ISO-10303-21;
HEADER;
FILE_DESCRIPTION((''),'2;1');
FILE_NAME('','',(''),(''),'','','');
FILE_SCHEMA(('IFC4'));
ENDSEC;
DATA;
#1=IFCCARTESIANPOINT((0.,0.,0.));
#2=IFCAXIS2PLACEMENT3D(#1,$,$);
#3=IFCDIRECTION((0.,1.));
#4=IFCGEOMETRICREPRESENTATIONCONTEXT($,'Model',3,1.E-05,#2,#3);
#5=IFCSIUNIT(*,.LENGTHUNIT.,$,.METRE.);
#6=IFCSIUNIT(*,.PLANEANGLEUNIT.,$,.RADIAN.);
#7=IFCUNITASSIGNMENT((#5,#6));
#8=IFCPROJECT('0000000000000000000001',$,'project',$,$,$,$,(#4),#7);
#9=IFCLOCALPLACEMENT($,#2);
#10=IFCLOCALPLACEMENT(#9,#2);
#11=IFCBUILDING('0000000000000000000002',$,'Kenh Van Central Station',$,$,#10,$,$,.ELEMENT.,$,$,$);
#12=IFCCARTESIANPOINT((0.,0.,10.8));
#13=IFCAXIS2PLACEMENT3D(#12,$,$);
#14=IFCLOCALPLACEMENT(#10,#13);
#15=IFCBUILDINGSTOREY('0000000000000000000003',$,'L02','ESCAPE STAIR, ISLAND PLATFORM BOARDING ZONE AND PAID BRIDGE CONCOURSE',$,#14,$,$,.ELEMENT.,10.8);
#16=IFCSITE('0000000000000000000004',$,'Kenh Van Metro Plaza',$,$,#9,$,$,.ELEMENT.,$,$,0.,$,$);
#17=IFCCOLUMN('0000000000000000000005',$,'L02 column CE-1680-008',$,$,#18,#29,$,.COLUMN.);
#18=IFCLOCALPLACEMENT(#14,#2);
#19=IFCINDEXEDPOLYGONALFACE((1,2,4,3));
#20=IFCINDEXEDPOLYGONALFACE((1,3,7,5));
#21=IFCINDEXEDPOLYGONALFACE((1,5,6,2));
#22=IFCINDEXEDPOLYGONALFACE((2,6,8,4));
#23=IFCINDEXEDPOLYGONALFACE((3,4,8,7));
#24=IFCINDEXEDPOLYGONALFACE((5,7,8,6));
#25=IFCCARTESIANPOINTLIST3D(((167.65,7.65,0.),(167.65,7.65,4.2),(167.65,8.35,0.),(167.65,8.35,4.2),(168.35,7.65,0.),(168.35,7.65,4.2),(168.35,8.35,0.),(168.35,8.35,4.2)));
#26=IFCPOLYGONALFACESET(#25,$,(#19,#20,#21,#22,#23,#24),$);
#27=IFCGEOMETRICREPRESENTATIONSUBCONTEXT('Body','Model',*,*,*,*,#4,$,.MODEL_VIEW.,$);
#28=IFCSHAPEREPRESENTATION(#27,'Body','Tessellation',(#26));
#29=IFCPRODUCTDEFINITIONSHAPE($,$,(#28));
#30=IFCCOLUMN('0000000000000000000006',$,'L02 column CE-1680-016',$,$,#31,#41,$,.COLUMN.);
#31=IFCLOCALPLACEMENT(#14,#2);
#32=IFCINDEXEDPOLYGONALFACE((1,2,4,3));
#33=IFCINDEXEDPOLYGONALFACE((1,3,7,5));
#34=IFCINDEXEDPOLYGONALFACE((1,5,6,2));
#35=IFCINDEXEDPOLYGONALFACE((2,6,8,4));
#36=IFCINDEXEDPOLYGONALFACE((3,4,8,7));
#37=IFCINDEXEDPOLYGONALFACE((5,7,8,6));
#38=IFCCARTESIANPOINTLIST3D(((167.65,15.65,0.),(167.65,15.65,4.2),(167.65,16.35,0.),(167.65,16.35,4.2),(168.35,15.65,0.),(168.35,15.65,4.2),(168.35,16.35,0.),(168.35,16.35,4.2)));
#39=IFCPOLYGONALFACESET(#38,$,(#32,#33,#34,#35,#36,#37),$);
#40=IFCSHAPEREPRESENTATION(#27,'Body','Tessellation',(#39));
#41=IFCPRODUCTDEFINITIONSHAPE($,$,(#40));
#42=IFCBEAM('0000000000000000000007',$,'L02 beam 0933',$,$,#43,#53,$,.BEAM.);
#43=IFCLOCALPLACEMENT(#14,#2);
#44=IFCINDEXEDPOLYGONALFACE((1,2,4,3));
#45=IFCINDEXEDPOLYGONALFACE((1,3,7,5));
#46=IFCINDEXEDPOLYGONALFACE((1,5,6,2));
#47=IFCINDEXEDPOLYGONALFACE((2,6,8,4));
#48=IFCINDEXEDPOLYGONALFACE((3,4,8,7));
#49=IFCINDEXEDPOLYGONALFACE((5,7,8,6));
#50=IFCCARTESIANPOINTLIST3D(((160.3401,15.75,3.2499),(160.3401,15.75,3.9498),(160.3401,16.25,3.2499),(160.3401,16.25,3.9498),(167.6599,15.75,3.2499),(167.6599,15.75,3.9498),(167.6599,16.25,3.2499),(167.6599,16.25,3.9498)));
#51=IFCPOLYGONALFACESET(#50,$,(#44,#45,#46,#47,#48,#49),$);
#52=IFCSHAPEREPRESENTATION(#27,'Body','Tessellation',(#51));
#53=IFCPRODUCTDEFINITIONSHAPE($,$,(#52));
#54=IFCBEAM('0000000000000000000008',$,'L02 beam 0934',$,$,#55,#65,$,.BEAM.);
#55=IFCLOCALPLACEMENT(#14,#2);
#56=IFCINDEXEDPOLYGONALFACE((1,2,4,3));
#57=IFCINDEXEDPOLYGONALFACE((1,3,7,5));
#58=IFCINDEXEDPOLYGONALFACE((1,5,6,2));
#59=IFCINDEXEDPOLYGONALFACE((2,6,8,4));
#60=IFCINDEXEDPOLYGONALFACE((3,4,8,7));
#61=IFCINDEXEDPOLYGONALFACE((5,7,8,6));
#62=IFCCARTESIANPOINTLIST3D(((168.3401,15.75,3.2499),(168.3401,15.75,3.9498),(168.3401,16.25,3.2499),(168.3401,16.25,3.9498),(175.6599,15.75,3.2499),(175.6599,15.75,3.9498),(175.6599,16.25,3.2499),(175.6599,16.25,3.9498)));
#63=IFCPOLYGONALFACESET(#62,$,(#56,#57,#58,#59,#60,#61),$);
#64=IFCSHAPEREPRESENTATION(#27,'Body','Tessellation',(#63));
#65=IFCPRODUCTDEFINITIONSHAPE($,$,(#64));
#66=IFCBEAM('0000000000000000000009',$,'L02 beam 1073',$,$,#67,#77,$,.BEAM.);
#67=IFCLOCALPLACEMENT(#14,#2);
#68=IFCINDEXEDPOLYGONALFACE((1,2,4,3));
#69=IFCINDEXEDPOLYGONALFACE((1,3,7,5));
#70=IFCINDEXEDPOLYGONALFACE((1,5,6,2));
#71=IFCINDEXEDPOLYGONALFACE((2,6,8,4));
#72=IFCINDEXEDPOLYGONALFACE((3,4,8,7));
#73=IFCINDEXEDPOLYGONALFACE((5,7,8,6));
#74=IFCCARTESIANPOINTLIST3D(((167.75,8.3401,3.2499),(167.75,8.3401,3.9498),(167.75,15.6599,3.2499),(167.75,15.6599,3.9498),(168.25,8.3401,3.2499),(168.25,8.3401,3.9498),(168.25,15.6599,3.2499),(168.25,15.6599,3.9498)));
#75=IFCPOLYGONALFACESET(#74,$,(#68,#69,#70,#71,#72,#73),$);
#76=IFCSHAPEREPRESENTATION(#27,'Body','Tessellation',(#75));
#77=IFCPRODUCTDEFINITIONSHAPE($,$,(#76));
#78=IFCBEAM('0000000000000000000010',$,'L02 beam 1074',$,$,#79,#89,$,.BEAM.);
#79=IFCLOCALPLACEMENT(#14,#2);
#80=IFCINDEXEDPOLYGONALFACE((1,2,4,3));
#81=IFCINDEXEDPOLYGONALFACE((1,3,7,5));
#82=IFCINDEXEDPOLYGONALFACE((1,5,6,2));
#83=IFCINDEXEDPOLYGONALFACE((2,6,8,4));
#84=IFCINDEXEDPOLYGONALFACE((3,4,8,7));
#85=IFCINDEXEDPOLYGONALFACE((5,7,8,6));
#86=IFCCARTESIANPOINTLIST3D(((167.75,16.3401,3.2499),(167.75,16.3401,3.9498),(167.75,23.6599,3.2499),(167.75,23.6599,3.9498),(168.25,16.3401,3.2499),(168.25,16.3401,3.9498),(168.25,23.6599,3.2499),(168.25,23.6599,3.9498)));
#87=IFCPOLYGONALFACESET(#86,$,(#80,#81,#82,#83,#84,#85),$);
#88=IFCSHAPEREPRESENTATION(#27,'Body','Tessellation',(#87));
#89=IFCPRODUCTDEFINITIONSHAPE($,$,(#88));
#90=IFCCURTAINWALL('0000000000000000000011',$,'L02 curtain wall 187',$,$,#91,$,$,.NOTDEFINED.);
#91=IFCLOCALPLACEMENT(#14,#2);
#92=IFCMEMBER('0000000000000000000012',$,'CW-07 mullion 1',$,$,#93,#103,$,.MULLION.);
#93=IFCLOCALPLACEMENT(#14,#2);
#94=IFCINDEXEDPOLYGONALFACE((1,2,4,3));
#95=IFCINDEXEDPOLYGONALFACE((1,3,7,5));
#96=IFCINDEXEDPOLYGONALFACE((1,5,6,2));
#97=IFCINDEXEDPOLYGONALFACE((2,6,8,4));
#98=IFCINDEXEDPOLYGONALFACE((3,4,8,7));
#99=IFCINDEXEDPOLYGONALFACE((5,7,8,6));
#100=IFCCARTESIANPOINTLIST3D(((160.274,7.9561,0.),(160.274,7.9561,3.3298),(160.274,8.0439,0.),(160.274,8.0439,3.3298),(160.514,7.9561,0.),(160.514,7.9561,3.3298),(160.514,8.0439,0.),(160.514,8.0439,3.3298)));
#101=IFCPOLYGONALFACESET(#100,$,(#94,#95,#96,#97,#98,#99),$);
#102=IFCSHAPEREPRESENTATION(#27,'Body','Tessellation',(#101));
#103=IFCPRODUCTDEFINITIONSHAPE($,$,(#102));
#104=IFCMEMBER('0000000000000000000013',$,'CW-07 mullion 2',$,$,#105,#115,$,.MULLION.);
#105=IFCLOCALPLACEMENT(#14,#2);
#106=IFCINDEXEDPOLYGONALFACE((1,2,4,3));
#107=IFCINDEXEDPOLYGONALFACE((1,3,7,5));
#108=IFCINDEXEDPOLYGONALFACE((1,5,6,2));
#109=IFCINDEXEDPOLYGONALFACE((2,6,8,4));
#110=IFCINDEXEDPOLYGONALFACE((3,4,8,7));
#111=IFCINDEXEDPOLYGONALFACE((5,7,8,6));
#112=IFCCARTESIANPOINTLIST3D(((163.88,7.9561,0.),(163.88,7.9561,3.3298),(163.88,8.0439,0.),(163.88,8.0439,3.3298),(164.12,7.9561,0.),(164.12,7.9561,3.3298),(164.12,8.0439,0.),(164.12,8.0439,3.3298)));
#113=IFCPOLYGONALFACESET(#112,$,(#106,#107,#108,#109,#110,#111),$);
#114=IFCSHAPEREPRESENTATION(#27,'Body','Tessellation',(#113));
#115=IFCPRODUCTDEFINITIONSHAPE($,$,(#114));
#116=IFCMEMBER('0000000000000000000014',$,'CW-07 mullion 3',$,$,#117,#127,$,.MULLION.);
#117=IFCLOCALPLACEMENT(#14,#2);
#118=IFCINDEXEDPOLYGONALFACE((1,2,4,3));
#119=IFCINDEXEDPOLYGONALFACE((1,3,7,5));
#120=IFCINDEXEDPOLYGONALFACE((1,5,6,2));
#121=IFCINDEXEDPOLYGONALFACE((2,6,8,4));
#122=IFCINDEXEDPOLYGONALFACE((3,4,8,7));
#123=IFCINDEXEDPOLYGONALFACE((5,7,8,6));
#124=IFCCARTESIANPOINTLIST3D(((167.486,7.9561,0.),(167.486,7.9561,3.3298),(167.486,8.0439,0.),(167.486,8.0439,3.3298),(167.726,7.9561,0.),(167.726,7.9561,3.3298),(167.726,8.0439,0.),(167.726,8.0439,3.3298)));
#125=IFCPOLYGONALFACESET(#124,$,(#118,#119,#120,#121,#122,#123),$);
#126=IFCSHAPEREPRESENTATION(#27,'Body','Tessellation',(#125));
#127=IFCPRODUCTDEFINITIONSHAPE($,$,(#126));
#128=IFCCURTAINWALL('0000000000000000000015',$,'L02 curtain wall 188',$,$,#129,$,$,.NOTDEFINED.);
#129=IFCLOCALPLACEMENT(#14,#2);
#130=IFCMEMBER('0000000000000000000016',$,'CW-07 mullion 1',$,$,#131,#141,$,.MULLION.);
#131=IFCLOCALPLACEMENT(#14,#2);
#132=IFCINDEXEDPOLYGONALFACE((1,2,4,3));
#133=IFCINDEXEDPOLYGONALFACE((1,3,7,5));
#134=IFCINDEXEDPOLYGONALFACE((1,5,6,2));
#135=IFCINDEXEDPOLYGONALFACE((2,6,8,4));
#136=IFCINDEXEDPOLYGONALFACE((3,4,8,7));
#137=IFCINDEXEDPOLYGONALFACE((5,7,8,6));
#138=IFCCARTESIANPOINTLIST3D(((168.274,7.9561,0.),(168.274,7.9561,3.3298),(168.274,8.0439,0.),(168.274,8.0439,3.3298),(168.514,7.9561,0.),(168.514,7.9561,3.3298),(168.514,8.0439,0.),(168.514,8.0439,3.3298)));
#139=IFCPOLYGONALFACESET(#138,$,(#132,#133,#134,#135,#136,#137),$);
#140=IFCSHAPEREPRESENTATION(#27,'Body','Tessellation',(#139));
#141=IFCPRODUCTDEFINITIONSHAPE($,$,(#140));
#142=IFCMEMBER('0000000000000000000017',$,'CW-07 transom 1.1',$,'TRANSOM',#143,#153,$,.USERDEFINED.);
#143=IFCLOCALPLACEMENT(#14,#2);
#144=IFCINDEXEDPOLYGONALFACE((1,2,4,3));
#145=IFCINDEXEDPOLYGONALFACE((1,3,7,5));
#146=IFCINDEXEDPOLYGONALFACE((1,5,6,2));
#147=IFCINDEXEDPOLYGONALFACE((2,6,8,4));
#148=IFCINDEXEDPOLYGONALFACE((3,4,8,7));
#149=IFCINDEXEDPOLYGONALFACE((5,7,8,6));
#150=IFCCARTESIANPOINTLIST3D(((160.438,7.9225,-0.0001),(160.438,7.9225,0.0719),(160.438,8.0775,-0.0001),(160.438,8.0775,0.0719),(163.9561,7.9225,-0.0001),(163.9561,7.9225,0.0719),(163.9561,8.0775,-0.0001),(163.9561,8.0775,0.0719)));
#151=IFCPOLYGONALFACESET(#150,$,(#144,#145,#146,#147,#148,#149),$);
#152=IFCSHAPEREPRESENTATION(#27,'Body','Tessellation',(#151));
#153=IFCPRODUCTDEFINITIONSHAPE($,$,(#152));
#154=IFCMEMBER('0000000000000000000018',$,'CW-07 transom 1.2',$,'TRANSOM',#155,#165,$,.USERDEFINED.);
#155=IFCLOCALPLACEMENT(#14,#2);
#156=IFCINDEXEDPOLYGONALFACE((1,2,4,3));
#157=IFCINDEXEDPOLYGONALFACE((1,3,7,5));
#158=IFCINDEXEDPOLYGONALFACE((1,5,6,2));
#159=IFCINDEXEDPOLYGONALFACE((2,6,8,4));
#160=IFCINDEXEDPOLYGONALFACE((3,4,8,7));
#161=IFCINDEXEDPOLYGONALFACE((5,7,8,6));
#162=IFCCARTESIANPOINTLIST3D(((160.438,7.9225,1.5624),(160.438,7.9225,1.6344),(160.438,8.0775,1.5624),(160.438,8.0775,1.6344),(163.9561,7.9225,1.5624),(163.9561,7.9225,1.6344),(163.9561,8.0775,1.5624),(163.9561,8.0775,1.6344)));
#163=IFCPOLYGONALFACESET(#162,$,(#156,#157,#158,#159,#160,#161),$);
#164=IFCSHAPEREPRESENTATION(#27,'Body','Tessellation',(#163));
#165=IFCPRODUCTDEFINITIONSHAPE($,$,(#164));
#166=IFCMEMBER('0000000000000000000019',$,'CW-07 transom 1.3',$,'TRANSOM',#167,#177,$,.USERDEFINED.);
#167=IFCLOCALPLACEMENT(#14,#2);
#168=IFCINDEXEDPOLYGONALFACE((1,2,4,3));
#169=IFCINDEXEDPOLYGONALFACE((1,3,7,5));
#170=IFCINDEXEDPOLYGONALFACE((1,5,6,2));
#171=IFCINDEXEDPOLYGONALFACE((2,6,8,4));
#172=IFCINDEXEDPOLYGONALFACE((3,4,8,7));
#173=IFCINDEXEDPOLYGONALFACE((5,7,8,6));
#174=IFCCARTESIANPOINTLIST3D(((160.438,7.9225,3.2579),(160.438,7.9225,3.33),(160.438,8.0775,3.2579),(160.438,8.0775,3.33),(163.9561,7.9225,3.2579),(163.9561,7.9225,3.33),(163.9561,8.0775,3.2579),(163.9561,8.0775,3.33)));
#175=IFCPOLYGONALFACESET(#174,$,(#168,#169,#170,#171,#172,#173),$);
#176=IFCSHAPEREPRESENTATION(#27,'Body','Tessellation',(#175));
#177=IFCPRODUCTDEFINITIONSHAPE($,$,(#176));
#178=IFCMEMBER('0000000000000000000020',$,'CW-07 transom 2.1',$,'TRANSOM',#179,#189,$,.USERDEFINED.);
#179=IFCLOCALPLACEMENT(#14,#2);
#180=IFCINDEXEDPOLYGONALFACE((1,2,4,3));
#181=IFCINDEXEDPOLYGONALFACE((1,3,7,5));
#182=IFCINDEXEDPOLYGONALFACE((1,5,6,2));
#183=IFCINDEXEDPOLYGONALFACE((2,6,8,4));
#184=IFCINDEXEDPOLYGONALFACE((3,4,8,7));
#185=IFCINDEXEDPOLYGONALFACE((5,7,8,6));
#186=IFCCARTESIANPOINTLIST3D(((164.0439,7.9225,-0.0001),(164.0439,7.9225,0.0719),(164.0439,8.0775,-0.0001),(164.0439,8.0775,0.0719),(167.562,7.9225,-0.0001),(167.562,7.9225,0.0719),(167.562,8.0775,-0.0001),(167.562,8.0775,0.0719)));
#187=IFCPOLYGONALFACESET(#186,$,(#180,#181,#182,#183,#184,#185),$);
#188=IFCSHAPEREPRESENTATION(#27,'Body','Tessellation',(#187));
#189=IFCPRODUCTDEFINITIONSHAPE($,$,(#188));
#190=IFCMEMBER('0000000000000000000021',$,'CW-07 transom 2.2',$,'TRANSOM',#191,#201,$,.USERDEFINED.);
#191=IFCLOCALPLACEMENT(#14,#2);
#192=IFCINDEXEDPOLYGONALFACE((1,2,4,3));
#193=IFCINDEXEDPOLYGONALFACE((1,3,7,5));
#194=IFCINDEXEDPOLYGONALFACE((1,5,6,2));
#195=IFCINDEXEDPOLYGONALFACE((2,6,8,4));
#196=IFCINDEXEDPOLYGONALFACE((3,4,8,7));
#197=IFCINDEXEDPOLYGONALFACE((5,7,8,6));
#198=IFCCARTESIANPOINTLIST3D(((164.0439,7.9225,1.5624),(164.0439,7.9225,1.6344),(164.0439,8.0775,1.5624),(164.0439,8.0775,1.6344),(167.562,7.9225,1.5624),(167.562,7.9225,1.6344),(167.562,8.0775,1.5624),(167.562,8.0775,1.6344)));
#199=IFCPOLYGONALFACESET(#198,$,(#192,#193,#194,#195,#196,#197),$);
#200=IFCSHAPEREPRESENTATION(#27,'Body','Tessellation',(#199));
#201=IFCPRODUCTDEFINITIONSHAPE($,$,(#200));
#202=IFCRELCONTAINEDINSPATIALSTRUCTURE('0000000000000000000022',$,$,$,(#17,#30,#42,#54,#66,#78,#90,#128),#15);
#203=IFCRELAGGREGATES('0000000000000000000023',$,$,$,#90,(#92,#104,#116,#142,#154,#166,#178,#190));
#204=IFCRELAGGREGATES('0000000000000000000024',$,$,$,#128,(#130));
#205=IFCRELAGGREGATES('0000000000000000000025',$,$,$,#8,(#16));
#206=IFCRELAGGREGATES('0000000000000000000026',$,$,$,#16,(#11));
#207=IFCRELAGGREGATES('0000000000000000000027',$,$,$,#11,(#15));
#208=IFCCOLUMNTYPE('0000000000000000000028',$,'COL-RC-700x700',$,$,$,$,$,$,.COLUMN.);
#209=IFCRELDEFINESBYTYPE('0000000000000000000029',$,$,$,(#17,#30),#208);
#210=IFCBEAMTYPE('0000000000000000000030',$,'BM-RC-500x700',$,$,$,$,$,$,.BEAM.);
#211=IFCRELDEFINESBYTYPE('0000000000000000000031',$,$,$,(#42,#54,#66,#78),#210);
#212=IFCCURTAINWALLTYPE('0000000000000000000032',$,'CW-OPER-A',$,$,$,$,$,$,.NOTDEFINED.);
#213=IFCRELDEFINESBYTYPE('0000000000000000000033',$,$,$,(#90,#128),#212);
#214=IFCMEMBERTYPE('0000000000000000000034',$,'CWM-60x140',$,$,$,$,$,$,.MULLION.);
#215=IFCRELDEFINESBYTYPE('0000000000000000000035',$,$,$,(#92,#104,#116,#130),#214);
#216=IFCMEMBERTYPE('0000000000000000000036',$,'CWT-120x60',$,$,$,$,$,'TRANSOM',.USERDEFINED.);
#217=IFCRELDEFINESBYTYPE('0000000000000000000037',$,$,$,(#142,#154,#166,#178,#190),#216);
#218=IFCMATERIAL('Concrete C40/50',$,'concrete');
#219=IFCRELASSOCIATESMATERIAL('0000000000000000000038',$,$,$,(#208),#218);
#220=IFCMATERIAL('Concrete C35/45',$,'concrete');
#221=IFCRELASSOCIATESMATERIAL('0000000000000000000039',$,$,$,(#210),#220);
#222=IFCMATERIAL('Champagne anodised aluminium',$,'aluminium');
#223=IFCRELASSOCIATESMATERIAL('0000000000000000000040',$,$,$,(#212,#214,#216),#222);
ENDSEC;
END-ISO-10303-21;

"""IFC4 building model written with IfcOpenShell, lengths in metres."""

from ifc_helpers import new_model, si_unit, direction, frame, origin, origin_2d, place, context, subcontext, project, spatial, rectangle, extrude, material, material_profile, profile_set, type_object, element, aggregate, save


model = new_model("IFC4")

# Units and contexts
model_context = context("Model", 3, precision=1e-05, world=origin(), true_north=direction((0.0, 1.0)))
body_context = subcontext(model_context, "Body", "Model", "MODEL_VIEW")
ifc_project = project(units=[si_unit("LENGTHUNIT", "METRE"), si_unit("PLANEANGLEUNIT", "RADIAN")], contexts=[model_context])

# Site, building, storey
site_placement = place(None, origin())
site = spatial("IfcSite", under=ifc_project, at=site_placement, Name="Kenh Van Metro Plaza", CompositionType="ELEMENT", RefElevation=0.0)
building_placement = place(site_placement, origin())
building = spatial("IfcBuilding", under=site, at=building_placement, Name="Kenh Van Central Station", CompositionType="ELEMENT")
storey_placement = place(building_placement, frame((0.0, 0.0, 10.8)))
storey = spatial("IfcBuildingStorey", under=building, at=storey_placement, Name="L02", Description="ESCAPE STAIR, ISLAND PLATFORM BOARDING ZONE AND PAID BRIDGE CONCOURSE", CompositionType="ELEMENT", Elevation=10.8)

# Columns
ifc_material_1 = material(Name="Concrete C40/50", Category="concrete")
ifc_material_profile_1 = material_profile(ifc_material_1, rectangle(XDim=0.7, YDim=0.7, at=origin_2d()), Name="RC 700x700")
ifc_profile_set_1 = profile_set([ifc_material_profile_1], Name="Concrete C40/50")
column_type = type_object("IfcColumnType", Name="COL-RC-700x700", PredefinedType="COLUMN", material=ifc_profile_set_1)
for number, where, z_axis, x_axis, name in (
    (1, (168.0, 8.0, 0.0), (0.0, 0.0, 1.0), (1.0, 0.0, 0.0), "L02 column CE-1680-008"),
    (2, (168.0, 16.0, 0.0), (0.0, 0.0, 1.0), (1.0, 0.0, 0.0), "L02 column CE-1680-016"),
):
    element("IfcColumn", number, at=place(storey_placement, frame(where, z_axis=z_axis, x_axis=x_axis)), inside=storey, type_object=column_type, Name=name, PredefinedType="COLUMN", context=body_context, shape_type="SweptSolid", body=[
        extrude(rectangle(XDim=0.7, YDim=0.7, at=origin_2d()), origin(), (0.0, 0.0, 1.0), 4.2),
    ])

# Beams
ifc_material_2 = material(Name="Concrete C35/45", Category="concrete")
ifc_material_profile_2 = material_profile(ifc_material_2, rectangle(XDim=0.5, YDim=0.7, at=origin_2d()), Name="RC 500x700")
ifc_profile_set_2 = profile_set([ifc_material_profile_2], Name="Concrete C35/45")
beam_type_1 = type_object("IfcBeamType", Name="BM-RC-500x700", PredefinedType="BEAM", material=ifc_profile_set_2)
for number, where, z_axis, x_axis, name in (
    (3, (160.3401, 16.0, 3.5999), (1.0, 0.0, 0.0), (0.0, 1.0, 0.0), "L02 beam 0933"),
    (4, (168.3401, 16.0, 3.5999), (1.0, 0.0, 0.0), (0.0, 1.0, 0.0), "L02 beam 0934"),
    (5, (168.0, 8.3401, 3.5999), (0.0, 1.0, 0.0), (-1.0, 0.0, 0.0), "L02 beam 1073"),
    (6, (168.0, 16.3401, 3.5999), (0.0, 1.0, 0.0), (-1.0, 0.0, 0.0), "L02 beam 1074"),
):
    element("IfcBeam", number, at=place(storey_placement, frame(where, z_axis=z_axis, x_axis=x_axis)), inside=storey, type_object=beam_type_1, Name=name, PredefinedType="BEAM", context=body_context, shape_type="SweptSolid", body=[
        extrude(rectangle(XDim=0.5, YDim=0.7, at=origin_2d()), origin(), (0.0, 0.0, 1.0), 7.3198),
    ])

# Curtain wall, members
ifc_material_3 = material(Name="Champagne anodised aluminium", Category="aluminium")
curtain_wall_type = type_object("IfcCurtainWallType", Name="CW-OPER-A", PredefinedType="NOTDEFINED", material=ifc_material_3)
curtain_wall_1_placement = place(storey_placement, origin())
curtain_wall_1 = element("IfcCurtainWall", 7, at=curtain_wall_1_placement, inside=storey, type_object=curtain_wall_type, Name="L02 curtain wall 187", PredefinedType="NOTDEFINED")
ifc_material_profile_3 = material_profile(ifc_material_3, rectangle(XDim=0.0879, YDim=0.24, at=origin_2d()), Name="AL 88x240")
ifc_profile_set_3 = profile_set([ifc_material_profile_3], Name="Champagne anodised aluminium")
member_type_1 = type_object("IfcMemberType", Name="CWM-60x140", PredefinedType="MULLION", material=ifc_profile_set_3)
member_1_placement = place(storey_placement, frame((160.394, 8.0, 0.0), z_axis=(0.0, 0.0, 1.0), x_axis=(0.0, 1.0, 0.0)))
member_1 = element("IfcMember", 8, at=member_1_placement, type_object=member_type_1, Name="CW-07 mullion 1", PredefinedType="MULLION", context=body_context, shape_type="SweptSolid", body=[
    extrude(rectangle(XDim=0.0879, YDim=0.24, at=origin_2d()), origin(), (0.0, 0.0, 1.0), 3.3298),
])
member_2_placement = place(storey_placement, frame((164.0, 8.0, 0.0), z_axis=(0.0, 0.0, 1.0), x_axis=(0.0, 1.0, 0.0)))
member_2 = element("IfcMember", 9, at=member_2_placement, type_object=member_type_1, Name="CW-07 mullion 2", PredefinedType="MULLION", context=body_context, shape_type="SweptSolid", body=[
    extrude(rectangle(XDim=0.0879, YDim=0.24, at=origin_2d()), origin(), (0.0, 0.0, 1.0), 3.3298),
])
member_3_placement = place(storey_placement, frame((167.606, 8.0, 0.0), z_axis=(0.0, 0.0, 1.0), x_axis=(0.0, 1.0, 0.0)))
member_3 = element("IfcMember", 10, at=member_3_placement, type_object=member_type_1, Name="CW-07 mullion 3", PredefinedType="MULLION", context=body_context, shape_type="SweptSolid", body=[
    extrude(rectangle(XDim=0.0879, YDim=0.24, at=origin_2d()), origin(), (0.0, 0.0, 1.0), 3.3298),
])

# Curtain wall, member
curtain_wall_2_placement = place(storey_placement, origin())
curtain_wall_2 = element("IfcCurtainWall", 11, at=curtain_wall_2_placement, inside=storey, type_object=curtain_wall_type, Name="L02 curtain wall 188", PredefinedType="NOTDEFINED")
member_4_placement = place(storey_placement, frame((168.394, 8.0, 0.0), z_axis=(0.0, 0.0, 1.0), x_axis=(0.0, 1.0, 0.0)))
member_4 = element("IfcMember", 12, at=member_4_placement, type_object=member_type_1, Name="CW-07 mullion 1", PredefinedType="MULLION", context=body_context, shape_type="SweptSolid", body=[
    extrude(rectangle(XDim=0.0879, YDim=0.24, at=origin_2d()), origin(), (0.0, 0.0, 1.0), 3.3298),
])

# Members
ifc_material_profile_4 = material_profile(ifc_material_3, rectangle(XDim=0.155, YDim=0.072, at=origin_2d()), Name="AL 155x72")
ifc_profile_set_4 = profile_set([ifc_material_profile_4], Name="Champagne anodised aluminium")
member_type_2 = type_object("IfcMemberType", Name="CWT-120x60", ElementType="TRANSOM", PredefinedType="USERDEFINED", material=ifc_profile_set_4)
member_5_placement = place(storey_placement, frame((160.438, 8.0, 0.0359), z_axis=(1.0, 0.0, 0.0), x_axis=(0.0, 1.0, 0.0)))
member_5 = element("IfcMember", 13, at=member_5_placement, type_object=member_type_2, Name="CW-07 transom 1.1", ObjectType="TRANSOM", PredefinedType="USERDEFINED", context=body_context, shape_type="SweptSolid", body=[
    extrude(rectangle(XDim=0.155, YDim=0.072, at=origin_2d()), origin(), (0.0, 0.0, 1.0), 3.5181),
])
member_6_placement = place(storey_placement, frame((160.438, 8.0, 1.5984), z_axis=(1.0, 0.0, 0.0), x_axis=(0.0, 1.0, 0.0)))
member_6 = element("IfcMember", 14, at=member_6_placement, type_object=member_type_2, Name="CW-07 transom 1.2", ObjectType="TRANSOM", PredefinedType="USERDEFINED", context=body_context, shape_type="SweptSolid", body=[
    extrude(rectangle(XDim=0.155, YDim=0.072, at=origin_2d()), origin(), (0.0, 0.0, 1.0), 3.5181),
])
member_7_placement = place(storey_placement, frame((160.438, 8.0, 3.2939), z_axis=(1.0, 0.0, 0.0), x_axis=(0.0, 1.0, 0.0)))
member_7 = element("IfcMember", 15, at=member_7_placement, type_object=member_type_2, Name="CW-07 transom 1.3", ObjectType="TRANSOM", PredefinedType="USERDEFINED", context=body_context, shape_type="SweptSolid", body=[
    extrude(rectangle(XDim=0.155, YDim=0.072, at=origin_2d()), origin(), (0.0, 0.0, 1.0), 3.5181),
])
member_8_placement = place(storey_placement, frame((164.0439, 8.0, 0.0359), z_axis=(1.0, 0.0, 0.0), x_axis=(0.0, 1.0, 0.0)))
member_8 = element("IfcMember", 16, at=member_8_placement, type_object=member_type_2, Name="CW-07 transom 2.1", ObjectType="TRANSOM", PredefinedType="USERDEFINED", context=body_context, shape_type="SweptSolid", body=[
    extrude(rectangle(XDim=0.155, YDim=0.072, at=origin_2d()), origin(), (0.0, 0.0, 1.0), 3.5181),
])
member_9_placement = place(storey_placement, frame((164.0439, 8.0, 1.5984), z_axis=(1.0, 0.0, 0.0), x_axis=(0.0, 1.0, 0.0)))
member_9 = element("IfcMember", 17, at=member_9_placement, type_object=member_type_2, Name="CW-07 transom 2.2", ObjectType="TRANSOM", PredefinedType="USERDEFINED", context=body_context, shape_type="SweptSolid", body=[
    extrude(rectangle(XDim=0.155, YDim=0.072, at=origin_2d()), origin(), (0.0, 0.0, 1.0), 3.5181),
])

aggregate(curtain_wall_1, [member_1, member_2, member_3, member_5, member_6, member_7, member_8, member_9])
aggregate(curtain_wall_2, [member_4])

save(model, "model.ifc")
